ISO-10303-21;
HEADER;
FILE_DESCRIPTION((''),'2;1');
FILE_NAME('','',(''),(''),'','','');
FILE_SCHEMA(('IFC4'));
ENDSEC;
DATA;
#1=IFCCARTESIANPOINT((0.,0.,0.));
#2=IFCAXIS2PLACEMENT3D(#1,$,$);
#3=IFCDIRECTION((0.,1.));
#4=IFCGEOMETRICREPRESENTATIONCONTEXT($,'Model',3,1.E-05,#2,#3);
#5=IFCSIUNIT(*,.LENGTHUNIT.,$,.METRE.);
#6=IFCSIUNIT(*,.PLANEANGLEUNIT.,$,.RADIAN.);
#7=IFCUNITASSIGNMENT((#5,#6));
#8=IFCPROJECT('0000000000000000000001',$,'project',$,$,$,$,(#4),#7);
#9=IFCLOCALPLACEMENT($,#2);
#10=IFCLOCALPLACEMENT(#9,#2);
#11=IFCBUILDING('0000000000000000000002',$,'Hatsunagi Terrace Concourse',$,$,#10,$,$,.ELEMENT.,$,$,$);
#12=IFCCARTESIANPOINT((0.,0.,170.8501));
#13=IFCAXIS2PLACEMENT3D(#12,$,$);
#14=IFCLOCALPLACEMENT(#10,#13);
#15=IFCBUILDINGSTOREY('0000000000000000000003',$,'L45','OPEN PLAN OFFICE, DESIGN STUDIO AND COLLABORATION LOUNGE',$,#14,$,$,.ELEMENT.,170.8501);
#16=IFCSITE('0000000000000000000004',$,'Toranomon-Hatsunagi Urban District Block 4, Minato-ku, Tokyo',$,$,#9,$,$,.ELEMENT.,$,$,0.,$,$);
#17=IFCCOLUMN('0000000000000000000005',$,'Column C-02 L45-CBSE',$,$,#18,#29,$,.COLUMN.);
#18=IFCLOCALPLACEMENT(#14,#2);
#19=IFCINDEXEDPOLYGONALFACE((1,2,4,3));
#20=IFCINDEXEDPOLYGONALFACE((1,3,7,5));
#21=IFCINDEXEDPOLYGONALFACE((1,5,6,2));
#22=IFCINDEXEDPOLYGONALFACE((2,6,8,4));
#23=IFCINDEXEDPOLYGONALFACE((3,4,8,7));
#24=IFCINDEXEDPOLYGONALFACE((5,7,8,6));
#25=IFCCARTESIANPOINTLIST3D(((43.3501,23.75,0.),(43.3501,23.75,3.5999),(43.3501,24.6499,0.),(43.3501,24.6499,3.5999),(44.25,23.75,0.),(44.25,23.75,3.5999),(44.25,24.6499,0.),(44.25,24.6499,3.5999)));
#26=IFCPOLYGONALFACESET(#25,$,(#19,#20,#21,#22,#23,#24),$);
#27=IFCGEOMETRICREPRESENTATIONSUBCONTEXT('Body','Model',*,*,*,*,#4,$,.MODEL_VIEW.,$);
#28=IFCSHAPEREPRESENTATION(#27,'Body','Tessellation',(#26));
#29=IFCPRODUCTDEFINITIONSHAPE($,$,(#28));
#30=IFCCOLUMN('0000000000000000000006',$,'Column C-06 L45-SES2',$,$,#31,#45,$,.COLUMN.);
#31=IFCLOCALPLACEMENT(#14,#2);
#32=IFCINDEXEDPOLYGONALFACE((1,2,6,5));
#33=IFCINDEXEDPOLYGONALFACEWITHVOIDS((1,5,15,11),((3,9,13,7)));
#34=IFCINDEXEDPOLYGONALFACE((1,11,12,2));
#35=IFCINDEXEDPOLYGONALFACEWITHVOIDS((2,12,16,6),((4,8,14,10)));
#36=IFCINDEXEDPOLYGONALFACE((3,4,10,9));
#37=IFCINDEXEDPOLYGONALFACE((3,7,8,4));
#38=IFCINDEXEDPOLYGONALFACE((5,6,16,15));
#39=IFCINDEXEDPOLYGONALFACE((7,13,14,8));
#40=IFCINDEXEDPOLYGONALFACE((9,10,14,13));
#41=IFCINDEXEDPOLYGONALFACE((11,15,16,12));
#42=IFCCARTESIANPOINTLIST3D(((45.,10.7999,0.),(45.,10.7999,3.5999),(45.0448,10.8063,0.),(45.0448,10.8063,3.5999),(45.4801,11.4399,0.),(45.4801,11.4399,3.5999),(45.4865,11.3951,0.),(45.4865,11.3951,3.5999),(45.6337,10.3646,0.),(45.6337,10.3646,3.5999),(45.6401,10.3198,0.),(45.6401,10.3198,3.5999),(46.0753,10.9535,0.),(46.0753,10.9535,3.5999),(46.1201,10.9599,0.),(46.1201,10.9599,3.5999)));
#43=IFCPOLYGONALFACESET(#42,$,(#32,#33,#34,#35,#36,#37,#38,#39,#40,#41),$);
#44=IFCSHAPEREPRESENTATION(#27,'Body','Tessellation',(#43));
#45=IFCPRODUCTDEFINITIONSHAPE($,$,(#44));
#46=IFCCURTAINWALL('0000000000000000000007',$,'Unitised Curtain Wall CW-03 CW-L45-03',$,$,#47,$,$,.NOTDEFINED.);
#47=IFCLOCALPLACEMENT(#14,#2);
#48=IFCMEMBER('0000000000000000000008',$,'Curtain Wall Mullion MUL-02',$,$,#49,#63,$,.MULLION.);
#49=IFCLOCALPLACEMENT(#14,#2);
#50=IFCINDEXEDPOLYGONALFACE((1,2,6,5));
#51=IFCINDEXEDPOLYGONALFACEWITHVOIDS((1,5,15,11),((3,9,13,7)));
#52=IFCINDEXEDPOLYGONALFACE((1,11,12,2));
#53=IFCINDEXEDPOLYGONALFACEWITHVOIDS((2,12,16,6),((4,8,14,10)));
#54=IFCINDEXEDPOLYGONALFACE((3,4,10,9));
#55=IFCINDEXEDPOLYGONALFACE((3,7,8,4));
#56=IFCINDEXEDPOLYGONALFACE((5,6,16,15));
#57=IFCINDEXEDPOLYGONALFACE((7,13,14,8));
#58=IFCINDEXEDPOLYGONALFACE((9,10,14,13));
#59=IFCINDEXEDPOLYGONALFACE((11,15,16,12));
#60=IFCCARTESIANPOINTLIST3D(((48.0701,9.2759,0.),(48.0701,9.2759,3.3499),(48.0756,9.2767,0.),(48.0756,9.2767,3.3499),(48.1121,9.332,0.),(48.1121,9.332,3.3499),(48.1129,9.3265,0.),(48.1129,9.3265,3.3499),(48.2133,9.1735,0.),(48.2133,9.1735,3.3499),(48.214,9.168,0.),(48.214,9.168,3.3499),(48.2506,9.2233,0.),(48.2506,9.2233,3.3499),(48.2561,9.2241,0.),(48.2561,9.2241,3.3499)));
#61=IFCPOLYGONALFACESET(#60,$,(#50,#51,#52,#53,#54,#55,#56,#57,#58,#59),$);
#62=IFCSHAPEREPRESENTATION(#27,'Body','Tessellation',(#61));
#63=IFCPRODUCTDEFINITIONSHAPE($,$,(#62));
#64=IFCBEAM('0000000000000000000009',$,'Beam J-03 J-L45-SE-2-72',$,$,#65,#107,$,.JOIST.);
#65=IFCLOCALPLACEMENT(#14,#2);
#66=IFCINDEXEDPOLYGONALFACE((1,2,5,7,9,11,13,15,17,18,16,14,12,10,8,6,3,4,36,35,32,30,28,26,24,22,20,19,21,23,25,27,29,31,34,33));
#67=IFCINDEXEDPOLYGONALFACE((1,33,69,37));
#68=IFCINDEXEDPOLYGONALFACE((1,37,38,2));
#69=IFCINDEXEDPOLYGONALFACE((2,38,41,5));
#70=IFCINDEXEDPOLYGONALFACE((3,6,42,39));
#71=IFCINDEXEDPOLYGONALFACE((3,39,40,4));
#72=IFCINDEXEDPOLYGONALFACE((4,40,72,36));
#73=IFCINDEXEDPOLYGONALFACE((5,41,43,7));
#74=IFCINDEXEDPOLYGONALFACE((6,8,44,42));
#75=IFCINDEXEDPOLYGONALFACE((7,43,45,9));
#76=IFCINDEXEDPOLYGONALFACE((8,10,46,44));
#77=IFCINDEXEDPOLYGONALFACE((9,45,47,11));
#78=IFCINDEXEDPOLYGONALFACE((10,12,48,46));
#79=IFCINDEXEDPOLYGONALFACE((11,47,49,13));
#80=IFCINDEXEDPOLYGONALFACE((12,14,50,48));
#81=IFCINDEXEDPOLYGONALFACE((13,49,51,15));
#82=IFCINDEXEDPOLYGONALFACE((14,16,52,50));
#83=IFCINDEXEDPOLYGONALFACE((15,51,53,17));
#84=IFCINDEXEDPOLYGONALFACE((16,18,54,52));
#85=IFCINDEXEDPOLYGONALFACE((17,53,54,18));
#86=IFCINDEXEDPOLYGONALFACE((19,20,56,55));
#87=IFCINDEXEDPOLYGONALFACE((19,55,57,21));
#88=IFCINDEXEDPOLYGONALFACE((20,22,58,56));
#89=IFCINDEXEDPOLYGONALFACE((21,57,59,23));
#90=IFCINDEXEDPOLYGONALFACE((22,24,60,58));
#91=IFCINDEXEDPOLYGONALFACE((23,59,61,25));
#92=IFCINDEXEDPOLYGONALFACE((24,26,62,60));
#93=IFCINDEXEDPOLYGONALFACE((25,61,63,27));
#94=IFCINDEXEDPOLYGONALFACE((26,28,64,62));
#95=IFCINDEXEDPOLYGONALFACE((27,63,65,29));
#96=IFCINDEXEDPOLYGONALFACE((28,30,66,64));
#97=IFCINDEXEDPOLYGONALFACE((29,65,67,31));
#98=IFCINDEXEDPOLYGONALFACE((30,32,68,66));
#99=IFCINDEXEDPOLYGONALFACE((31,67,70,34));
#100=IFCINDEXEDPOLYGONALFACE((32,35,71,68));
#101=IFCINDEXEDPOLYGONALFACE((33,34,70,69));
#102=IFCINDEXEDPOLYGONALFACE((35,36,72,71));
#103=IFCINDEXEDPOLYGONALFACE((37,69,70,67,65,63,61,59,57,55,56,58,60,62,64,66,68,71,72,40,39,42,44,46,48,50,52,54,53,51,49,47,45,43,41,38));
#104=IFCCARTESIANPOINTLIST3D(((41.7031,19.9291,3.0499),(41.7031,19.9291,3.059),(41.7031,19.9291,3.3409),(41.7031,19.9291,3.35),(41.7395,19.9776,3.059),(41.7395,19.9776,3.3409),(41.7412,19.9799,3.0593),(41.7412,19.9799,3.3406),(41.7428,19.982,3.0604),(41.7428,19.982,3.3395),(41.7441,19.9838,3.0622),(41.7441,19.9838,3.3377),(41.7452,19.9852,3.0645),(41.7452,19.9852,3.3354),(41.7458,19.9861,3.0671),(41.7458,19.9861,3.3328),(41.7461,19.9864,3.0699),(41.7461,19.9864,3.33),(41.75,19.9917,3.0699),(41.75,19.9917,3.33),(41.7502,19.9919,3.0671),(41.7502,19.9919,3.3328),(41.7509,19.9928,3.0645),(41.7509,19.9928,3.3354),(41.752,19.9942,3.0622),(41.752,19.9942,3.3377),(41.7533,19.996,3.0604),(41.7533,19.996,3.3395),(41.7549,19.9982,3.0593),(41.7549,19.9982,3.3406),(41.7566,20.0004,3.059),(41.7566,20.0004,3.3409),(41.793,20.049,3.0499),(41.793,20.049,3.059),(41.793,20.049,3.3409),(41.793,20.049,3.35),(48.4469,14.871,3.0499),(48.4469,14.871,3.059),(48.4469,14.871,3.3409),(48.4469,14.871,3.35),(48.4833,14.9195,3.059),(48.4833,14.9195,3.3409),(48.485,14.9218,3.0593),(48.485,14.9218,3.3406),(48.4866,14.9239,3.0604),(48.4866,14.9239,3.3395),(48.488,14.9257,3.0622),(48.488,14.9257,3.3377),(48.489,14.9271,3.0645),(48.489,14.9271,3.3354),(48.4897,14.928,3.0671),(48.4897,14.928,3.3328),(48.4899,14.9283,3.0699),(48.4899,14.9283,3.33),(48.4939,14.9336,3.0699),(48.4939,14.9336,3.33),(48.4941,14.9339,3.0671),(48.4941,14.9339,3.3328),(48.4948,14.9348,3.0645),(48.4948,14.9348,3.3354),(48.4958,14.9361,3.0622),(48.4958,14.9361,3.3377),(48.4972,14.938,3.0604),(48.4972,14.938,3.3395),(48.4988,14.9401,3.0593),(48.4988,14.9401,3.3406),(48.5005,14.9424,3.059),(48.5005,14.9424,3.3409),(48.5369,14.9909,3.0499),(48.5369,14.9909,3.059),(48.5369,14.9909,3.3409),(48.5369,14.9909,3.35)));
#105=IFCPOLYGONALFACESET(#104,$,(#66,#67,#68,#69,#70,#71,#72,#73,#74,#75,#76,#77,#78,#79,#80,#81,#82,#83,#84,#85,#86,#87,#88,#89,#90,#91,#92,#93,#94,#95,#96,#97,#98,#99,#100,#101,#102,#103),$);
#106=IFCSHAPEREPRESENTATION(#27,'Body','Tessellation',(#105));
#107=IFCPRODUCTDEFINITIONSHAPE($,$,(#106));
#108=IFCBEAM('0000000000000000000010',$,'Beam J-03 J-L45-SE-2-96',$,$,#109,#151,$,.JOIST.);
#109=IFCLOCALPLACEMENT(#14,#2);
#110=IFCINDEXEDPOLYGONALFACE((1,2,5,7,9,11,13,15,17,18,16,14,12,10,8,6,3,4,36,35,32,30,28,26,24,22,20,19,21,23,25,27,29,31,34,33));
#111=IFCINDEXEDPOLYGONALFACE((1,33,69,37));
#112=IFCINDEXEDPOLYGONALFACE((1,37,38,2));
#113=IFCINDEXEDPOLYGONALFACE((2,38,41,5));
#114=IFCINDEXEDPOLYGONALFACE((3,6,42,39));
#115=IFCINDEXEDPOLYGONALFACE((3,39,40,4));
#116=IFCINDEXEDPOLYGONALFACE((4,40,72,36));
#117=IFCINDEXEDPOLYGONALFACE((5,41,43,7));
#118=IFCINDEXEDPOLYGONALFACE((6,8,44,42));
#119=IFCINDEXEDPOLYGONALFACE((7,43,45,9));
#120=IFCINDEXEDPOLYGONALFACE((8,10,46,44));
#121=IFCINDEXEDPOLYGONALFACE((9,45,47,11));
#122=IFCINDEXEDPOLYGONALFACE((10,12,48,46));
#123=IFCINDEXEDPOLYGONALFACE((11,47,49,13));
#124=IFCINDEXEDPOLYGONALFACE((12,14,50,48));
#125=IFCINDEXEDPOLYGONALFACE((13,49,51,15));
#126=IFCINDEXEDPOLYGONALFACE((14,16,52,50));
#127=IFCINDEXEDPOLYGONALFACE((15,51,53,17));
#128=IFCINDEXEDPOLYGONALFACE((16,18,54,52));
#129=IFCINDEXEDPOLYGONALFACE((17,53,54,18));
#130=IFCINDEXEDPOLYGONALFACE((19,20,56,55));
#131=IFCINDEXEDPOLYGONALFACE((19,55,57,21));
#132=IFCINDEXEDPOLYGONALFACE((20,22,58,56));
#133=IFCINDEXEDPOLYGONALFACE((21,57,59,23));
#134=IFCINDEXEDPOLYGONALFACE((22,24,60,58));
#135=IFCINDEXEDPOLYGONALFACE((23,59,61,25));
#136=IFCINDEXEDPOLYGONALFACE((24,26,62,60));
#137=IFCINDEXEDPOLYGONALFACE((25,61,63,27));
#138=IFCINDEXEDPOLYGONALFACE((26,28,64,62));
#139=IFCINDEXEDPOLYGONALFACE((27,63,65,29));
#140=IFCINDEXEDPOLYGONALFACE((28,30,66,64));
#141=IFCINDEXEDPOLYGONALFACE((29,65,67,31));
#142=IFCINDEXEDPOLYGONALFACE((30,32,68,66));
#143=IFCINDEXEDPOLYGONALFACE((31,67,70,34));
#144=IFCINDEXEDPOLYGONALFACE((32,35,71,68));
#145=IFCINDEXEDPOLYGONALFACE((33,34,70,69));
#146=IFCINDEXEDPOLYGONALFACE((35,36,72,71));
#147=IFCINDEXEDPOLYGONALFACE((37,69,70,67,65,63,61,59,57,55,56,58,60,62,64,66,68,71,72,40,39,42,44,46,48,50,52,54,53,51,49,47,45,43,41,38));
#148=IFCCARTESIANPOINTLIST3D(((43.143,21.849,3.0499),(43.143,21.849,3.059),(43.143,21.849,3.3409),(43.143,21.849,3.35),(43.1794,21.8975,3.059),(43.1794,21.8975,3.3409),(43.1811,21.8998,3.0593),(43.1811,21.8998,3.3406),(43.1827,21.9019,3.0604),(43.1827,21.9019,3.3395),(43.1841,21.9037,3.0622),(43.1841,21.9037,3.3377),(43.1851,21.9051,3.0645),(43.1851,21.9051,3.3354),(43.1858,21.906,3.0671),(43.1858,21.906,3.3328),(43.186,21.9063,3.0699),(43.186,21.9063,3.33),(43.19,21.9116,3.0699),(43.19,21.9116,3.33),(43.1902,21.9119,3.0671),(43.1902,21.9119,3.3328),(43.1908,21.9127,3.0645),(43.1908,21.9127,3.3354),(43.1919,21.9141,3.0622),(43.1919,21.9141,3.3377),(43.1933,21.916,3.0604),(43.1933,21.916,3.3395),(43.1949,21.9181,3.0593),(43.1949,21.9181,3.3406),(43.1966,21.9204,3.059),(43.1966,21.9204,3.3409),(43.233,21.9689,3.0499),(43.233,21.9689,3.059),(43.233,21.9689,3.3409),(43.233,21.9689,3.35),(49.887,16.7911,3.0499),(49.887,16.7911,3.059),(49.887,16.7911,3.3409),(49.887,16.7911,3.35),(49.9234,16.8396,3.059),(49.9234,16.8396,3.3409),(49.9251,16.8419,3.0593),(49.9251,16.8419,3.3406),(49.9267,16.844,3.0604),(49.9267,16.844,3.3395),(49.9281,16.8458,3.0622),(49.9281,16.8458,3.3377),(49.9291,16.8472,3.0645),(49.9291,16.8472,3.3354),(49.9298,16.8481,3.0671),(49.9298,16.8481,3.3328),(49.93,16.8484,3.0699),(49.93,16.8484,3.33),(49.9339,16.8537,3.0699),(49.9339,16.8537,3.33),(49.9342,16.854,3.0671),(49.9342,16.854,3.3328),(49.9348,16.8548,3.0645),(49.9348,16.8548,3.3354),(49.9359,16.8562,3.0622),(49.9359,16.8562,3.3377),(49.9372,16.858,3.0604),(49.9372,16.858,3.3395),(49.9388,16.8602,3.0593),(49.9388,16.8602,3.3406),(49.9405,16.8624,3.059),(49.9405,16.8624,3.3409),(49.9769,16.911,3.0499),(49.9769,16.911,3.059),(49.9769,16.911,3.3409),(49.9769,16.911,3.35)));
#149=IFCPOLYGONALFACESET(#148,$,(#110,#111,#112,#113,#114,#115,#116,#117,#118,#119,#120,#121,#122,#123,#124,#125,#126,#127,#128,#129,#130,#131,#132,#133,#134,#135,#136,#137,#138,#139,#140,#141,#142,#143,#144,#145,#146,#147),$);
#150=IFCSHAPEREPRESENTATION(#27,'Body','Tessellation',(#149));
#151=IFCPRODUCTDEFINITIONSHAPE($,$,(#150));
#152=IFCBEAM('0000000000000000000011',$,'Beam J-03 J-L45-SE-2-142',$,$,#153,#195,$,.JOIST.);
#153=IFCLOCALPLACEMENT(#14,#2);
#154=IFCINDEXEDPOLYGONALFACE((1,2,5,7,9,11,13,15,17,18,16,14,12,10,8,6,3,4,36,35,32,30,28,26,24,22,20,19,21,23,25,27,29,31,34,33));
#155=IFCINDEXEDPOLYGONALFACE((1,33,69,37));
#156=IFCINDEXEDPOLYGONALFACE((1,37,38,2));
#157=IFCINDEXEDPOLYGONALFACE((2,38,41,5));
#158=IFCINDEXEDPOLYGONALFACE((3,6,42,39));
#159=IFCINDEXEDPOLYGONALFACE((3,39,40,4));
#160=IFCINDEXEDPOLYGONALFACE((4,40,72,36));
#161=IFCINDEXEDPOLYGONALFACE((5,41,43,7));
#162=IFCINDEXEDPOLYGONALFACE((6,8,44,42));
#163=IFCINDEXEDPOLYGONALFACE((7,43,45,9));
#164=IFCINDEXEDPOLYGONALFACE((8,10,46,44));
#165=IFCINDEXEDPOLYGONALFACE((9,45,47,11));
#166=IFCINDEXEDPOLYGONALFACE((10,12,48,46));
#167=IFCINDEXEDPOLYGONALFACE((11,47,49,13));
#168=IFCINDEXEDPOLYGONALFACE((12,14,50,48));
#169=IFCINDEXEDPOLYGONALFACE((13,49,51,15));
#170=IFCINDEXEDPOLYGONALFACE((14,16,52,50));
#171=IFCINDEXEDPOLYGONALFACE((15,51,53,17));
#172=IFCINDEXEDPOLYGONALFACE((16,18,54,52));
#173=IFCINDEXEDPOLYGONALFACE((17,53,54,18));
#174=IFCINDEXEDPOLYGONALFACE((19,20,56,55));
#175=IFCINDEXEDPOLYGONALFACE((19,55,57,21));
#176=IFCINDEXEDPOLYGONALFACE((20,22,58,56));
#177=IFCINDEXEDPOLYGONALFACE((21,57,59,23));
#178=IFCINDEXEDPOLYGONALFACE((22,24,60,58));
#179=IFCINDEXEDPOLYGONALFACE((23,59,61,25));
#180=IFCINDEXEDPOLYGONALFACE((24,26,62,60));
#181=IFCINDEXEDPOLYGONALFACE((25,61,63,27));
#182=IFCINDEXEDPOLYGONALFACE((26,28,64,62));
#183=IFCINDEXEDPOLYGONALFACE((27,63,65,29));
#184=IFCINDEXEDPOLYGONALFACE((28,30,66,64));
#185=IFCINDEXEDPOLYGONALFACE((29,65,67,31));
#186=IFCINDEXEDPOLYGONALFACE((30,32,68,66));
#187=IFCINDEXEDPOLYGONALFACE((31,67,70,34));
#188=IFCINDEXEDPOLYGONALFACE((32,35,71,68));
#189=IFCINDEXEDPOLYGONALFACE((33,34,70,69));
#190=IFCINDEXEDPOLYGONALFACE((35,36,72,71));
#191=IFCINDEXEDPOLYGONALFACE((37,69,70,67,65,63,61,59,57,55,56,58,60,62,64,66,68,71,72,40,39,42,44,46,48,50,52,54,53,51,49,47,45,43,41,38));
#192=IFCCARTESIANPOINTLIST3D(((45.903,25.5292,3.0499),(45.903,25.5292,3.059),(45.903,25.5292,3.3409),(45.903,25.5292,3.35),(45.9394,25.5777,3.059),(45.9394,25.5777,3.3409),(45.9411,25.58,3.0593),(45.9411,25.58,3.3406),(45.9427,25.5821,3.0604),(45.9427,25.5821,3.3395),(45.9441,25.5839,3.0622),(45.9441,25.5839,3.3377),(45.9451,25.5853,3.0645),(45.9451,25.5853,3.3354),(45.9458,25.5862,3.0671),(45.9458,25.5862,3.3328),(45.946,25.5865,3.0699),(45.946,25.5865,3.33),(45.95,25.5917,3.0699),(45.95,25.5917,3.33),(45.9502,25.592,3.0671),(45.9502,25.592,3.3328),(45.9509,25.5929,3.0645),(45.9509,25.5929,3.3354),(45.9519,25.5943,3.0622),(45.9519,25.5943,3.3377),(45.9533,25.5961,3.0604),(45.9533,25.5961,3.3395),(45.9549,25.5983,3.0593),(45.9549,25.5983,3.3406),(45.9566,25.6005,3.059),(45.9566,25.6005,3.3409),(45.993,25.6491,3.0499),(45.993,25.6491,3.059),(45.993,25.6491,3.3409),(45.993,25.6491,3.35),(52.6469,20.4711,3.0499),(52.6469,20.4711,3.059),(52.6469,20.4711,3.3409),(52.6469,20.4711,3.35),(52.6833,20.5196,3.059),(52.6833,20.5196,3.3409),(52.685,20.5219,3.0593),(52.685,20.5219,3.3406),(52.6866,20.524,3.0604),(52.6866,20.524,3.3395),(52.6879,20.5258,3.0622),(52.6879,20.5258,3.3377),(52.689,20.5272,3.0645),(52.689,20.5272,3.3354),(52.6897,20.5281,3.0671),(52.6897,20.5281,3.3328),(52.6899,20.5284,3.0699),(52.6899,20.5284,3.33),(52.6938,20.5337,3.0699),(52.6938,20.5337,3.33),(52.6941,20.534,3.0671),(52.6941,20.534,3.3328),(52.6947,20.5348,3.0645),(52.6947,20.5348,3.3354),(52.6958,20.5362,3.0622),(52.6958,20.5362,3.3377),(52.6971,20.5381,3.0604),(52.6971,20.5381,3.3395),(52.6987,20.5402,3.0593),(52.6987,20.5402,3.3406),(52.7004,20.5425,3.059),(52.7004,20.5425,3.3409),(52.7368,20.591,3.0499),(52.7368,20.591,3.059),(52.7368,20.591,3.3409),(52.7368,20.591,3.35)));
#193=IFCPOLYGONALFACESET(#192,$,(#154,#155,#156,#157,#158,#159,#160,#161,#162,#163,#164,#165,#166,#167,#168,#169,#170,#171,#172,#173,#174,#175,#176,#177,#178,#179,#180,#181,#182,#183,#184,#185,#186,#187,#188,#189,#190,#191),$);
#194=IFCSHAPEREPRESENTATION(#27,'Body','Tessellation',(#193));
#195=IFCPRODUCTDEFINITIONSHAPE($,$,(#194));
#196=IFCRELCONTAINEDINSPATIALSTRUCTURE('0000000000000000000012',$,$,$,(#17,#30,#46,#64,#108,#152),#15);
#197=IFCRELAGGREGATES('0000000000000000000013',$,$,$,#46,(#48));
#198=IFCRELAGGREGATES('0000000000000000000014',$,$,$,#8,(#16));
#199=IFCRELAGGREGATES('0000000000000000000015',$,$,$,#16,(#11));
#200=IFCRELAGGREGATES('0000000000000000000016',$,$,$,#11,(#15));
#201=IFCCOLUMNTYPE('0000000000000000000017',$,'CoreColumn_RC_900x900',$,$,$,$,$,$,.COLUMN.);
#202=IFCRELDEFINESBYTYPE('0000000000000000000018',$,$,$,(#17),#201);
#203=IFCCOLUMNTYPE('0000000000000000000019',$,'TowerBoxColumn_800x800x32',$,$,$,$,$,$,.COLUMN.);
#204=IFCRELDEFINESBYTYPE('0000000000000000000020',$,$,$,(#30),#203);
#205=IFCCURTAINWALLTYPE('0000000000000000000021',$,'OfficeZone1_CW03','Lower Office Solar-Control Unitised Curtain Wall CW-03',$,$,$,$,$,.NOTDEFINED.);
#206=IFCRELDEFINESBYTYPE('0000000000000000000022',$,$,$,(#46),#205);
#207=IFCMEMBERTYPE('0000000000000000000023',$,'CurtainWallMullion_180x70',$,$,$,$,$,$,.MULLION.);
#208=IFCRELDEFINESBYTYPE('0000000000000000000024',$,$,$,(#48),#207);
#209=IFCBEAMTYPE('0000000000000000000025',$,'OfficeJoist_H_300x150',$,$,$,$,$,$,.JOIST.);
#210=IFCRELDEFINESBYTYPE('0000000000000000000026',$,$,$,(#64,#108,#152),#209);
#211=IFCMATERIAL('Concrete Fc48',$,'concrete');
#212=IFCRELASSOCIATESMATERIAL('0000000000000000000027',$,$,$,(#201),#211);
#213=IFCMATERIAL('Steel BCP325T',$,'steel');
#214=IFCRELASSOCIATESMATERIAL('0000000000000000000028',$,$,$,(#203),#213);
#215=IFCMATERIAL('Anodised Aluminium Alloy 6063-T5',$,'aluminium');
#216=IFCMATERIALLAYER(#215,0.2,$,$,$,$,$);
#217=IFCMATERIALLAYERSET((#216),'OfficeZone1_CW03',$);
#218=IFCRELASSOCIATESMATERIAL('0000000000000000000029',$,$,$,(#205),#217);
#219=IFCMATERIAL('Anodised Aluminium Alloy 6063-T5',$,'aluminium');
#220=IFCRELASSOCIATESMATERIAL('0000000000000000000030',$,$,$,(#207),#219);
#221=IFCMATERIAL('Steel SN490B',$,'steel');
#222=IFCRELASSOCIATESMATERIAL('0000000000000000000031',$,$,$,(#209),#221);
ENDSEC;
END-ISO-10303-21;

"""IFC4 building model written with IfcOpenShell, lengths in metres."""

from ifc_helpers import new_model, si_unit, direction, frame, origin, origin_2d, place, context, subcontext, project, spatial, rectangle, hollow_rectangle, i_section, extrude, material, layer, layer_set, material_profile, profile_set, type_object, element, aggregate, save


model = new_model("IFC4")

# Units and contexts
model_context = context("Model", 3, precision=1e-05, world=origin(), true_north=direction((0.0, 1.0)))
body_context = subcontext(model_context, "Body", "Model", "MODEL_VIEW")
ifc_project = project(units=[si_unit("LENGTHUNIT", "METRE"), si_unit("PLANEANGLEUNIT", "RADIAN")], contexts=[model_context])

# Site, building, storey
site_placement = place(None, origin())
site = spatial("IfcSite", under=ifc_project, at=site_placement, Name="Toranomon-Hatsunagi Urban District Block 4, Minato-ku, Tokyo", CompositionType="ELEMENT", RefElevation=0.0)
building_placement = place(site_placement, origin())
building = spatial("IfcBuilding", under=site, at=building_placement, Name="Hatsunagi Terrace Concourse", CompositionType="ELEMENT")
storey_placement = place(building_placement, frame((0.0, 0.0, 170.8501)))
storey = spatial("IfcBuildingStorey", under=building, at=storey_placement, Name="L45", Description="OPEN PLAN OFFICE, DESIGN STUDIO AND COLLABORATION LOUNGE", CompositionType="ELEMENT", Elevation=170.8501)

# Columns
ifc_material_1 = material(Name="Concrete Fc48", Category="concrete")
ifc_material_profile_1 = material_profile(ifc_material_1, rectangle(XDim=0.8999, YDim=0.8999, at=origin_2d()), Name="RC-900x900")
ifc_profile_set_1 = profile_set([ifc_material_profile_1], Name="Concrete Fc48")
column_type_1 = type_object("IfcColumnType", Name="CoreColumn_RC_900x900", PredefinedType="COLUMN", material=ifc_profile_set_1)
column_1_placement = place(storey_placement, frame((43.8, 24.2, 0.0), z_axis=(0.0, 0.0, 1.0), x_axis=(1.0, 0.0, 0.0)))
element("IfcColumn", 1, at=column_1_placement, inside=storey, type_object=column_type_1, Name="Column C-02 L45-CBSE", PredefinedType="COLUMN", context=body_context, shape_type="SweptSolid", body=[
    extrude(rectangle(XDim=0.8999, YDim=0.8999, at=origin_2d()), origin(), (0.0, 0.0, 1.0), 3.5999),
])
ifc_material_2 = material(Name="Steel BCP325T", Category="steel")
ifc_material_profile_2 = material_profile(ifc_material_2, hollow_rectangle(XDim=0.8, YDim=0.8, WallThickness=0.032, at=origin_2d()), Name="BCP-800x800x32")
ifc_profile_set_2 = profile_set([ifc_material_profile_2], Name="Steel BCP325T")
column_type_2 = type_object("IfcColumnType", Name="TowerBoxColumn_800x800x32", PredefinedType="COLUMN", material=ifc_profile_set_2)
column_2_placement = place(storey_placement, frame((45.5601, 10.8799, 0.0), z_axis=(0.0, 0.0, 1.0), x_axis=(0.8, -0.6, 0.0)))
element("IfcColumn", 2, at=column_2_placement, inside=storey, type_object=column_type_2, Name="Column C-06 L45-SES2", PredefinedType="COLUMN", context=body_context, shape_type="SweptSolid", body=[
    extrude(hollow_rectangle(XDim=0.8, YDim=0.8, WallThickness=0.032, at=origin_2d()), origin(), (0.0, 0.0, 1.0), 3.5999),
])

# Curtain wall, member
ifc_material_3 = material(Name="Anodised Aluminium Alloy 6063-T5", Category="aluminium")
ifc_layer_1 = layer(ifc_material_3, 0.2)
ifc_layer_set_1 = layer_set([ifc_layer_1], Name="OfficeZone1_CW03")
curtain_wall_type = type_object("IfcCurtainWallType", Name="OfficeZone1_CW03", Description="Lower Office Solar-Control Unitised Curtain Wall CW-03", PredefinedType="NOTDEFINED", material=ifc_layer_set_1)
curtain_wall_placement = place(storey_placement, origin())
curtain_wall = element("IfcCurtainWall", 3, at=curtain_wall_placement, inside=storey, type_object=curtain_wall_type, Name="Unitised Curtain Wall CW-03 CW-L45-03", PredefinedType="NOTDEFINED")
ifc_material_4 = material(Name="Anodised Aluminium Alloy 6063-T5", Category="aluminium")
ifc_material_profile_3 = material_profile(ifc_material_4, hollow_rectangle(XDim=0.0701, YDim=0.1799, WallThickness=0.0039, at=origin_2d()), Name="ALU-MUL-180x70x4")
ifc_profile_set_3 = profile_set([ifc_material_profile_3], Name="Anodised Aluminium Alloy 6063-T5")
member_type = type_object("IfcMemberType", Name="CurtainWallMullion_180x70", PredefinedType="MULLION", material=ifc_profile_set_3)
member_placement = place(storey_placement, frame((48.1631, 9.25, 0.0), z_axis=(0.0, 0.0, 1.0), x_axis=(-0.599969, -0.800023, 0.0)))
member = element("IfcMember", 4, at=member_placement, type_object=member_type, Name="Curtain Wall Mullion MUL-02", PredefinedType="MULLION", context=body_context, shape_type="SweptSolid", body=[
    extrude(hollow_rectangle(XDim=0.0701, YDim=0.1799, WallThickness=0.0039, at=origin_2d()), origin(), (0.0, 0.0, 1.0), 3.3499),
])

# Beams
ifc_material_5 = material(Name="Steel SN490B", Category="steel")
ifc_material_profile_4 = material_profile(ifc_material_5, i_section(OverallWidth=0.1499, OverallDepth=0.3, WebThickness=0.0066, FlangeThickness=0.009, FilletRadius=0.011, at=origin_2d()), Name="H-300x150x6.5x9")
ifc_profile_set_4 = profile_set([ifc_material_profile_4], Name="Steel SN490B")
beam_type_1 = type_object("IfcBeamType", Name="OfficeJoist_H_300x150", PredefinedType="JOIST", material=ifc_profile_set_4)
for number, where, z_axis, x_axis, name in (
    (5, (41.748, 19.989, 3.2), (0.79999, -0.600014, 0.0), (0.600014, 0.79999, 0.0), "Beam J-03 J-L45-SE-2-72"),
    (6, (43.188, 21.9089, 3.2), (0.800003, -0.599995, 0.0), (0.599995, 0.800003, 0.0), "Beam J-03 J-L45-SE-2-96"),
    (7, (45.948, 25.5891, 3.2), (0.79999, -0.600014, 0.0), (0.600014, 0.79999, 0.0), "Beam J-03 J-L45-SE-2-142"),
):
    element("IfcBeam", number, at=place(storey_placement, frame(where, z_axis=z_axis, x_axis=x_axis)), inside=storey, type_object=beam_type_1, Name=name, PredefinedType="JOIST", context=body_context, shape_type="SweptSolid", body=[
        extrude(i_section(OverallWidth=0.1499, OverallDepth=0.3, WebThickness=0.0066, FlangeThickness=0.009, FilletRadius=0.011, at=origin_2d()), origin(), (0.0, 0.0, 1.0), 8.4299),
    ])

aggregate(curtain_wall, [member])

save(model, "model.ifc")
